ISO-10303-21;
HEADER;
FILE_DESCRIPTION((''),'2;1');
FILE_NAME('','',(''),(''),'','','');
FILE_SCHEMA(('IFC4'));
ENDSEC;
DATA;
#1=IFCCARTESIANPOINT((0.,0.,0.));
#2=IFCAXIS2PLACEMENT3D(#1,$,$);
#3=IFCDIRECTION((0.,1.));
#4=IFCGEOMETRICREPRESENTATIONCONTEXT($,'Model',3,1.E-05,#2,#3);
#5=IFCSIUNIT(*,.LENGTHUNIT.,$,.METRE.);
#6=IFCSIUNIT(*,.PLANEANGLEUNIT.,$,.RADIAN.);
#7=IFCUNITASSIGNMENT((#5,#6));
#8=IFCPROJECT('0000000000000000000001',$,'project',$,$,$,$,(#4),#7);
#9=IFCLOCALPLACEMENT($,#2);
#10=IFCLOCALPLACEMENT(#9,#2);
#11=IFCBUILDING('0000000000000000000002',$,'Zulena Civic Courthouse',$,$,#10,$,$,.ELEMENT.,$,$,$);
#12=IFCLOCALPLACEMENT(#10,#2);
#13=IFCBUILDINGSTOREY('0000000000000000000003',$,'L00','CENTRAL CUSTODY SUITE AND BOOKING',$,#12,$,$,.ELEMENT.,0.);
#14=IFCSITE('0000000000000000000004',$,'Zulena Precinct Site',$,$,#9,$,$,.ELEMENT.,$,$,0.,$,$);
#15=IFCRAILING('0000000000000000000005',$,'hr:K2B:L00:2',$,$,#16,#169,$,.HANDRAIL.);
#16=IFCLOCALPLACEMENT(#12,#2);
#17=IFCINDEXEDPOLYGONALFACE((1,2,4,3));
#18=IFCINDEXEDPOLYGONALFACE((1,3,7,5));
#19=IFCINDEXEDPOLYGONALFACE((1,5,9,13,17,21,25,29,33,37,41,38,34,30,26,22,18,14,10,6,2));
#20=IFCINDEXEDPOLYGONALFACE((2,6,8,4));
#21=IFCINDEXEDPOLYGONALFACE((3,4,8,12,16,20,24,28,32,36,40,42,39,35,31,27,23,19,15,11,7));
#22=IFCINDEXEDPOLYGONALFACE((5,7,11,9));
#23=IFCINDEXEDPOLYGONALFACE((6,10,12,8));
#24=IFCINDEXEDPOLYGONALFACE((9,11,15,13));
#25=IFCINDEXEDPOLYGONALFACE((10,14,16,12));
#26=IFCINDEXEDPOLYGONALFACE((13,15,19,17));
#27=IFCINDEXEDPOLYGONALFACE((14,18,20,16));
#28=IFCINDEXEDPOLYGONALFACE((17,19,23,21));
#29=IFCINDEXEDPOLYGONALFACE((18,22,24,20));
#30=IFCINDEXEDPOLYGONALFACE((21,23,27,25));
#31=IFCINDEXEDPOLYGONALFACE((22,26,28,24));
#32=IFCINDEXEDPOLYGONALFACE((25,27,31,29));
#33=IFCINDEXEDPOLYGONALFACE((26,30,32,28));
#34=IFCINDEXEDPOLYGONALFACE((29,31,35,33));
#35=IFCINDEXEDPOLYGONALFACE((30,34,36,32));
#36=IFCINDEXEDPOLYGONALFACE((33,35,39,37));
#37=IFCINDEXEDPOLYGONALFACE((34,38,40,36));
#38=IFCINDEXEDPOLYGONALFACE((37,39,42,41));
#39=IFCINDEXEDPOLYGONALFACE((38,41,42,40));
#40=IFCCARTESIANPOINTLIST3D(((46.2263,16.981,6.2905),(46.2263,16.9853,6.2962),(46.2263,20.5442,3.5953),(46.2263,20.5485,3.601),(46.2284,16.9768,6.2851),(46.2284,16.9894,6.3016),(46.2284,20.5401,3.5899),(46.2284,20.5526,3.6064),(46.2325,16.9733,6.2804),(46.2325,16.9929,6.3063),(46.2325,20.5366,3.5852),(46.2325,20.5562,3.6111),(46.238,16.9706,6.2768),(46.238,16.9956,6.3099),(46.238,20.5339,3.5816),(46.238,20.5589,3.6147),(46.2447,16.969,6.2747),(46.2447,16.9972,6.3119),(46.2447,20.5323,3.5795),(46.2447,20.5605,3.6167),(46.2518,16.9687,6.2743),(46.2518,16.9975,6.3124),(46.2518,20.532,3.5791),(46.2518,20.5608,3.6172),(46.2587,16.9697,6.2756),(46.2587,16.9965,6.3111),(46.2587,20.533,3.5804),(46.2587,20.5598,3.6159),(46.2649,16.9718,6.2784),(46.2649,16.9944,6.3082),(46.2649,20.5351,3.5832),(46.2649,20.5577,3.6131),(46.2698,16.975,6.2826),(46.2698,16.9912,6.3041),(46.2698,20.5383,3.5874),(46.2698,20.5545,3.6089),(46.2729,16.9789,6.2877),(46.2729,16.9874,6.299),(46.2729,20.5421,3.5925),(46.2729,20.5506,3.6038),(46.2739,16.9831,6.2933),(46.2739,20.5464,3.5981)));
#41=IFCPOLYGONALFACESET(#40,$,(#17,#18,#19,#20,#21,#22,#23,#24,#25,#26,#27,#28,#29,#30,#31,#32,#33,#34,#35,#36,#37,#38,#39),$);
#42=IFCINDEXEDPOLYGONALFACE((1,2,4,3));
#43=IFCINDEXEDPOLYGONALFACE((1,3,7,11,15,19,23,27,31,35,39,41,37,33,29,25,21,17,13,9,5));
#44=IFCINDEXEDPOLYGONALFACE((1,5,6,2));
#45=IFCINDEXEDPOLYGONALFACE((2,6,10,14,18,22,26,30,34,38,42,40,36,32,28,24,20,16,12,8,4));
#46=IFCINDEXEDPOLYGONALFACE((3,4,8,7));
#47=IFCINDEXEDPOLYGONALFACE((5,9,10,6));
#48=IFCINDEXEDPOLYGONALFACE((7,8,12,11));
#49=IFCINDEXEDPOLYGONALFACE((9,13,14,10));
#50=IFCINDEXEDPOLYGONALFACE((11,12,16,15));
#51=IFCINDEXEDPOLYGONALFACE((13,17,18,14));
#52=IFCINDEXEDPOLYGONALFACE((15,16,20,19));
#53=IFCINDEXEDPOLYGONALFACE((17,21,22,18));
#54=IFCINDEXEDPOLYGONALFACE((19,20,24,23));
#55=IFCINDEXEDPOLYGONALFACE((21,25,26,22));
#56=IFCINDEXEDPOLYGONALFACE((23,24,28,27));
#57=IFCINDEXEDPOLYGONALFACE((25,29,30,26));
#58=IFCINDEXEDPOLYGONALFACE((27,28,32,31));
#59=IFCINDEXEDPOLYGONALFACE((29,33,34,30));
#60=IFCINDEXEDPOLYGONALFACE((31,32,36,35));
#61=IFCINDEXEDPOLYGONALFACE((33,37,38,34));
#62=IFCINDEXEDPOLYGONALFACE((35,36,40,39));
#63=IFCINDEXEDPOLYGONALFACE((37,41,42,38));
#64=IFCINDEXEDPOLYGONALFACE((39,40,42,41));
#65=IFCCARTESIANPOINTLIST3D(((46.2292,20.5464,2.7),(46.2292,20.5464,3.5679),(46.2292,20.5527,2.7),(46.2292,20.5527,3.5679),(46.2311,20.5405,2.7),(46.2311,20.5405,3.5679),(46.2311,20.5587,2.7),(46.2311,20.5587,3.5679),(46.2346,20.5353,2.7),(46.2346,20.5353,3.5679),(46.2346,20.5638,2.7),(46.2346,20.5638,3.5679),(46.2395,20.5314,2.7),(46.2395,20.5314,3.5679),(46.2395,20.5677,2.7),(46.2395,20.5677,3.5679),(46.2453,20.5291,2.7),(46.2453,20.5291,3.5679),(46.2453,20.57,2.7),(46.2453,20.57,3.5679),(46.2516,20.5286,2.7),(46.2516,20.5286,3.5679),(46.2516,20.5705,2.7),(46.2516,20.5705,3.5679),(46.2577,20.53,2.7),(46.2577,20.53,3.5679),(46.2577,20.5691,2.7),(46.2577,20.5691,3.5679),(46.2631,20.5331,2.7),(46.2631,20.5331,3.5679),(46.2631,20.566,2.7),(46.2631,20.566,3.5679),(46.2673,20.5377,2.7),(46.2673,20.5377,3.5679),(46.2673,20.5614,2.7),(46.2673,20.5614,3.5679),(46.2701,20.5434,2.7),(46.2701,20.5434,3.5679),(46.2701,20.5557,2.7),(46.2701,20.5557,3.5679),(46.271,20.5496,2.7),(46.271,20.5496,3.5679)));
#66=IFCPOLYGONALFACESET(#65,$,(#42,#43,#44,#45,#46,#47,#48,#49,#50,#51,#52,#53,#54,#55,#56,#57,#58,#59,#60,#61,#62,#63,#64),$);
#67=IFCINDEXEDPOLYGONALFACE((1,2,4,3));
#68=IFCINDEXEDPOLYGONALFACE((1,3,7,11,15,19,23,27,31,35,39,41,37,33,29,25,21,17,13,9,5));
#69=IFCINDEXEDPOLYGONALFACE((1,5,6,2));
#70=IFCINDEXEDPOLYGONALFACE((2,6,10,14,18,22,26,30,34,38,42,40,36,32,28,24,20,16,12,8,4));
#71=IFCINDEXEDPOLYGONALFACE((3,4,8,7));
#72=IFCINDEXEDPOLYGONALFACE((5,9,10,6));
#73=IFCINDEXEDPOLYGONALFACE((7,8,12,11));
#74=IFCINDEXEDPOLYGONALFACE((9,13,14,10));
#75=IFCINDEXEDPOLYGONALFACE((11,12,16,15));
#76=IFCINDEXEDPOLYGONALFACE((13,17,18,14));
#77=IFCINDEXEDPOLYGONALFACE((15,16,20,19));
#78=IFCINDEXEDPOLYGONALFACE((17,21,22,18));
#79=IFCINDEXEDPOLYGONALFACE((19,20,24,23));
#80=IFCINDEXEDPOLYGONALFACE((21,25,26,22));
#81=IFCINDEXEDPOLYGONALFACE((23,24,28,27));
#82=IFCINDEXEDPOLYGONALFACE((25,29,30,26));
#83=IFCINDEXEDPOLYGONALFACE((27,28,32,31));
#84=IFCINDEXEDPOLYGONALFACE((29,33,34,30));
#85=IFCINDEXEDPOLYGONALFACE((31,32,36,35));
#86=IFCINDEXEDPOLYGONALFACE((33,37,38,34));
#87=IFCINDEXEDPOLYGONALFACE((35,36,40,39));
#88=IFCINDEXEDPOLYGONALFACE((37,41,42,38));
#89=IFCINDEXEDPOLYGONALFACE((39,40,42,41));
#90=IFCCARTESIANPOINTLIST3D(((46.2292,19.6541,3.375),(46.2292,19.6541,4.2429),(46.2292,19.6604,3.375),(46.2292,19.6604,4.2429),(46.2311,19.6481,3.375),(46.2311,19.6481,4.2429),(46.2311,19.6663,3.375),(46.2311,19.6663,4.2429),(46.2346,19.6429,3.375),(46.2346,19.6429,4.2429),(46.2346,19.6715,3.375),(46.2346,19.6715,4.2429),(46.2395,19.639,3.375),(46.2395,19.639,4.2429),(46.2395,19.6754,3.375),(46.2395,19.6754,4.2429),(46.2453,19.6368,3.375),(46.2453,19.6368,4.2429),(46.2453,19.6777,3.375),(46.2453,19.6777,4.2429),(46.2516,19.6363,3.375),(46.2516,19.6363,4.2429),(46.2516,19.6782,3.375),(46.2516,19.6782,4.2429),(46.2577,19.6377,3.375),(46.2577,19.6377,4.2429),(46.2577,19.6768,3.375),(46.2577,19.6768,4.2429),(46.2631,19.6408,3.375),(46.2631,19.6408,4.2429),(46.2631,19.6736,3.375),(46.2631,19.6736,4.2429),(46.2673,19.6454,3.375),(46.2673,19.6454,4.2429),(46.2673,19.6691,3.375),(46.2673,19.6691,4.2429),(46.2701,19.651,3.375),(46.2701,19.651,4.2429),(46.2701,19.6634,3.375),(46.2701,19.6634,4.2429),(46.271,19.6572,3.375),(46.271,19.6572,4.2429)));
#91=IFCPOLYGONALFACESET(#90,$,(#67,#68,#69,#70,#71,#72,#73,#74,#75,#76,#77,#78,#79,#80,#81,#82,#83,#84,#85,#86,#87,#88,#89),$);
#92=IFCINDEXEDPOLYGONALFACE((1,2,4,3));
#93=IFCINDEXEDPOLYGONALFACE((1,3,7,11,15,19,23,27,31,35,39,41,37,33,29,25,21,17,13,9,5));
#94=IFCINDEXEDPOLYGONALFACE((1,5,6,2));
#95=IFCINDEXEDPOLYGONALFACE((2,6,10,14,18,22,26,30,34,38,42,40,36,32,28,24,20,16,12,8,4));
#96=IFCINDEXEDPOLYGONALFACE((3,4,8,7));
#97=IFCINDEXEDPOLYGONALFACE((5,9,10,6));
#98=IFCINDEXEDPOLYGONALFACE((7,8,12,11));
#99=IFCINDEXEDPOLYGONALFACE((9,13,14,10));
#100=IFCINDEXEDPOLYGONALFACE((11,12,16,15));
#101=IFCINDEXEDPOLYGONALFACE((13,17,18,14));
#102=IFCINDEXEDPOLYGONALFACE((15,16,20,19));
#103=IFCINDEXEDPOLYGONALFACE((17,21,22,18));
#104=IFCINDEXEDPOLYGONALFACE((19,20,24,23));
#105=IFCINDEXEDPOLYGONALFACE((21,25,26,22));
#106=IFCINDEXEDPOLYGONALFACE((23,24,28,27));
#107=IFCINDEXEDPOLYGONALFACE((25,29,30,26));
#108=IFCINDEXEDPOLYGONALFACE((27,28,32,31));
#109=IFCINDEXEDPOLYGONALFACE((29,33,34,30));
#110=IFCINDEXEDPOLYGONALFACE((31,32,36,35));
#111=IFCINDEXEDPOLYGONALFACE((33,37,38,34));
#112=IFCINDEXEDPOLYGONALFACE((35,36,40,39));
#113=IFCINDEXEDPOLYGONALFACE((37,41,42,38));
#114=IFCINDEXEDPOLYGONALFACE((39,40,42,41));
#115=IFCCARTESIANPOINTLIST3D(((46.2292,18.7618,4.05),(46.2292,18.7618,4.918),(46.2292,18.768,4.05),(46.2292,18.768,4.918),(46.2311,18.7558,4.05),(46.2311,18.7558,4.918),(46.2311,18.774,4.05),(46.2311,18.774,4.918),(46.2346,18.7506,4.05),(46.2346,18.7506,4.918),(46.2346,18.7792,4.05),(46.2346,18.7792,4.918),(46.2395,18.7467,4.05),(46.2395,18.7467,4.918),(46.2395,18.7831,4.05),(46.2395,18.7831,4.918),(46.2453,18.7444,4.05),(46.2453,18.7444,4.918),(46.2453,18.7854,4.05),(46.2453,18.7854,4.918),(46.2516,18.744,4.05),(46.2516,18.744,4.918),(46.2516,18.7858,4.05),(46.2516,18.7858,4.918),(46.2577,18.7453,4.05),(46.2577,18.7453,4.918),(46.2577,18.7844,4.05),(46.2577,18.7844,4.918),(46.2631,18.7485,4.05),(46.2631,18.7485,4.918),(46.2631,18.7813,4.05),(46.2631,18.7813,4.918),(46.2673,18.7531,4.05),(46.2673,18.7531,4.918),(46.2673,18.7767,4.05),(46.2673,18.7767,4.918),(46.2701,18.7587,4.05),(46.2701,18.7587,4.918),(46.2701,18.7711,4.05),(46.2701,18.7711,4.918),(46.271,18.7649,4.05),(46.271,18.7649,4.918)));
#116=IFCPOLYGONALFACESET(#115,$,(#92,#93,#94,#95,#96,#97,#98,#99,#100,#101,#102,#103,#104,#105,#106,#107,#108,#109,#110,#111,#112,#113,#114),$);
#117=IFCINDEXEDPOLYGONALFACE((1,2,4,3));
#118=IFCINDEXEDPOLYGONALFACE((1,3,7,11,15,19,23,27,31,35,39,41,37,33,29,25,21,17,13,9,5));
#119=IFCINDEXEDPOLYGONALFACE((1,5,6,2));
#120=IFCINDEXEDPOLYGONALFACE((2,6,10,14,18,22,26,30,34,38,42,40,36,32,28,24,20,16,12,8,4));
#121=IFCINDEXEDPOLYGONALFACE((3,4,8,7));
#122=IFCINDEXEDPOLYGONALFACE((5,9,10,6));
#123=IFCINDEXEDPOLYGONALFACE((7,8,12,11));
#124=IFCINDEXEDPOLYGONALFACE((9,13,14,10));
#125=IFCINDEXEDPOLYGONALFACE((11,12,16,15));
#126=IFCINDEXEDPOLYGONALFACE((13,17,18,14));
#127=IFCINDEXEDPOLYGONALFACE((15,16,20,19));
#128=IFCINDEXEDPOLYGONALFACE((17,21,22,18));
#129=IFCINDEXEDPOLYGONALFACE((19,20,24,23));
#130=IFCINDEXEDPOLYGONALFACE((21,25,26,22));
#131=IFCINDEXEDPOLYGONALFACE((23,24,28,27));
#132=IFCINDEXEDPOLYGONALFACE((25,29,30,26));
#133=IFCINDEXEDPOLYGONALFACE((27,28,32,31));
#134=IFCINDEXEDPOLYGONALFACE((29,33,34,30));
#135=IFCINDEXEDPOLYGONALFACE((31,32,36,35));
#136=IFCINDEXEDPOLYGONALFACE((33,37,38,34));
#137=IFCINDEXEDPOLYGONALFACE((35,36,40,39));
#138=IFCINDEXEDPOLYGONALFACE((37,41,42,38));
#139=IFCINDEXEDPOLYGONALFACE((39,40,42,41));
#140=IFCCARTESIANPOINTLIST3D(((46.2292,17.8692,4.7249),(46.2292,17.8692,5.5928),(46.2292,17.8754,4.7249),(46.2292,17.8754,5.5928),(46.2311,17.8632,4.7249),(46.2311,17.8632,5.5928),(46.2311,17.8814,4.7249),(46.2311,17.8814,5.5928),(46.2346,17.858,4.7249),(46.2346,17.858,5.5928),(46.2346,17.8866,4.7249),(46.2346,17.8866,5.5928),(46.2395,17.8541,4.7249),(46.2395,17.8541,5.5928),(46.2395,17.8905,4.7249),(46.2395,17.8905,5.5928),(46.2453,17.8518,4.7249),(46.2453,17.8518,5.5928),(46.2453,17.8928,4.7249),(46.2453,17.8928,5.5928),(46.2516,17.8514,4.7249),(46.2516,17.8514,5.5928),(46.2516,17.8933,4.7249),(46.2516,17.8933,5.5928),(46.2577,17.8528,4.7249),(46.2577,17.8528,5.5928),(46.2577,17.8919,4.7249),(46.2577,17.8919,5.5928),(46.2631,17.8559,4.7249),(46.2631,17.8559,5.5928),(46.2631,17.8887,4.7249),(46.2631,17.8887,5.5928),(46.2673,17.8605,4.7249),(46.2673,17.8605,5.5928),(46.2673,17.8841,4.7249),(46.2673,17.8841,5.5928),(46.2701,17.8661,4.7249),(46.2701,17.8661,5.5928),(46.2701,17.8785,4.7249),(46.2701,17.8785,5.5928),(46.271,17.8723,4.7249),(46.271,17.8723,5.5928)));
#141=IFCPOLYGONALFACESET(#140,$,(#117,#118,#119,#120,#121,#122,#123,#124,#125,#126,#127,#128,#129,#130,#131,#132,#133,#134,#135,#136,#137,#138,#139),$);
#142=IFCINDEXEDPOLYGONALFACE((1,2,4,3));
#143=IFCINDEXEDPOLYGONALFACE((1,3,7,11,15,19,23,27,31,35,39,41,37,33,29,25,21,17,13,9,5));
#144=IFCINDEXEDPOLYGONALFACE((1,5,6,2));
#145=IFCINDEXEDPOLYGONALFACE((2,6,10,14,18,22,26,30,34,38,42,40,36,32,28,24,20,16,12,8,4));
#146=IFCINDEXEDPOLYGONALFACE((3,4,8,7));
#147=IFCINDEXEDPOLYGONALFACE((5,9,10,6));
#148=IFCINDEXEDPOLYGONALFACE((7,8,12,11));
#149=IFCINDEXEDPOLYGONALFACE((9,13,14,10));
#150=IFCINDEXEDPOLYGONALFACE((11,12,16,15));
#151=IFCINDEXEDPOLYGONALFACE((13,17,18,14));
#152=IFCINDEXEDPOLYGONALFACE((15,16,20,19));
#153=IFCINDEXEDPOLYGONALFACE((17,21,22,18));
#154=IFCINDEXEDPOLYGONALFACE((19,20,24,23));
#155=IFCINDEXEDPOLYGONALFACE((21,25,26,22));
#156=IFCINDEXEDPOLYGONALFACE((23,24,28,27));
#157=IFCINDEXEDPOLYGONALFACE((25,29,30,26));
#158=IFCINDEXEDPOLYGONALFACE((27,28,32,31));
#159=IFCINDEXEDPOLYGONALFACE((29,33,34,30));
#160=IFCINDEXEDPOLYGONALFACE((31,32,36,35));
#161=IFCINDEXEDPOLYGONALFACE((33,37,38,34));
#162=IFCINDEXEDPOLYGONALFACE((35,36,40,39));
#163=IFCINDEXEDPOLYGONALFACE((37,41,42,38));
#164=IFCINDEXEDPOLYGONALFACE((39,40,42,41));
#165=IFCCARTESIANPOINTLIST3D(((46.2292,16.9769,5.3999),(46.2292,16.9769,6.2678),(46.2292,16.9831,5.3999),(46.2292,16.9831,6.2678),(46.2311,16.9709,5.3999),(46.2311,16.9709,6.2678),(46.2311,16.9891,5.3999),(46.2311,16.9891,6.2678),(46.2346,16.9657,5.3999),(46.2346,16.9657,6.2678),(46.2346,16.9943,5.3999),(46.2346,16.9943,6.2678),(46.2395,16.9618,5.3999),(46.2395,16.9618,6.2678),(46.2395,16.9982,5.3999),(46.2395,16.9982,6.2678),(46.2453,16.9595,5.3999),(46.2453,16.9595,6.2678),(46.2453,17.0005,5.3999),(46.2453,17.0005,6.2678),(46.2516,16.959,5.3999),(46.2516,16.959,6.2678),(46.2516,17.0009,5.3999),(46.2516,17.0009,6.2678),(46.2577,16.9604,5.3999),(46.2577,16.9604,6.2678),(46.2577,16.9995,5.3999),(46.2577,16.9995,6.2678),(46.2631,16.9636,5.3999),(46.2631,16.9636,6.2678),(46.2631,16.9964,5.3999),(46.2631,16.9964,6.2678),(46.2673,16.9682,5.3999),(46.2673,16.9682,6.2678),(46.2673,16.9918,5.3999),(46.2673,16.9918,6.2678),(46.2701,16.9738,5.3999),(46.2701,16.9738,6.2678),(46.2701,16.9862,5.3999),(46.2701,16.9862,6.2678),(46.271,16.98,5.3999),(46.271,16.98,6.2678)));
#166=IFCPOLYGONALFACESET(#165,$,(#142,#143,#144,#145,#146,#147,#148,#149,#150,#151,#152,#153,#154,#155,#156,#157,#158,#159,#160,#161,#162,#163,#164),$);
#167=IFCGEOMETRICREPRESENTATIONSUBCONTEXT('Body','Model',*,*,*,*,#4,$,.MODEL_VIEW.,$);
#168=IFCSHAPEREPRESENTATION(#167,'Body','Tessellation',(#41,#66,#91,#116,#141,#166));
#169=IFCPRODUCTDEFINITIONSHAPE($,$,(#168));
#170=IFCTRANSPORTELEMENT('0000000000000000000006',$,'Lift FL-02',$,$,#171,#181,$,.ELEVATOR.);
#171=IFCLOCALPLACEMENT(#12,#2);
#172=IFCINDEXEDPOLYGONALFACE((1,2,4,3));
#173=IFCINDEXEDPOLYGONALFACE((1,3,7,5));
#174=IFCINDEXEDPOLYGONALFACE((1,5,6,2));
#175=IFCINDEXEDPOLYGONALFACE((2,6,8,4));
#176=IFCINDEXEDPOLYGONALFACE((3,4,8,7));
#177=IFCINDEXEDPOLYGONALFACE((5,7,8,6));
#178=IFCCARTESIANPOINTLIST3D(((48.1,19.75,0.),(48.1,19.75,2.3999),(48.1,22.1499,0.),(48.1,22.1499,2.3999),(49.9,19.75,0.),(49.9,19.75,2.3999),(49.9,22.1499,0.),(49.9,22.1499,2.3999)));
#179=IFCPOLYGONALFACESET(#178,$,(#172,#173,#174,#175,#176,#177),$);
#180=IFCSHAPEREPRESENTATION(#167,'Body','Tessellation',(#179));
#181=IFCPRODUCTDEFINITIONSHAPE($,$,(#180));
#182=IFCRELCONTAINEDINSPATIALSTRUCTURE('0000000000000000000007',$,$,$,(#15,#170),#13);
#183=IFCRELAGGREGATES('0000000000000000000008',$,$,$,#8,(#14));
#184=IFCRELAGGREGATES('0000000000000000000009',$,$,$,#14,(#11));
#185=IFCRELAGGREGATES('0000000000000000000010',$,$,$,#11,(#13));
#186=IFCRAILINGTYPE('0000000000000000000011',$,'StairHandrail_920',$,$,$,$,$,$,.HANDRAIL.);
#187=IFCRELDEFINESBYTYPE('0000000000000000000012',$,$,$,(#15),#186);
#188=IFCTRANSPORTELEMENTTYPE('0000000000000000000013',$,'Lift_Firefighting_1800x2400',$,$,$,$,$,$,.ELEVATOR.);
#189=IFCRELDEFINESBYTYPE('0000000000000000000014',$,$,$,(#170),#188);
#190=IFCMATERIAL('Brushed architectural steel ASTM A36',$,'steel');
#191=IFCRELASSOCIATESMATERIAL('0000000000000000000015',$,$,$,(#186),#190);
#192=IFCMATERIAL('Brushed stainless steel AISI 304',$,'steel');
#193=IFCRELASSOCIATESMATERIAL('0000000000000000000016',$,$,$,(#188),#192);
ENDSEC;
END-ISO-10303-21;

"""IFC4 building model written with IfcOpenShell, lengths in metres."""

from ifc_helpers import new_model, si_unit, direction, frame, origin, origin_2d, place, context, subcontext, project, spatial, rectangle, circle, extrude, material, type_object, element, save


model = new_model("IFC4")

# Units and contexts
model_context = context("Model", 3, precision=1e-05, world=origin(), true_north=direction((0.0, 1.0)))
body_context = subcontext(model_context, "Body", "Model", "MODEL_VIEW")
ifc_project = project(units=[si_unit("LENGTHUNIT", "METRE"), si_unit("PLANEANGLEUNIT", "RADIAN")], contexts=[model_context])

# Site, building, storey
site_placement = place(None, origin())
site = spatial("IfcSite", under=ifc_project, at=site_placement, Name="Zulena Precinct Site", CompositionType="ELEMENT", RefElevation=0.0)
building_placement = place(site_placement, origin())
building = spatial("IfcBuilding", under=site, at=building_placement, Name="Zulena Civic Courthouse", CompositionType="ELEMENT")
storey_placement = place(building_placement, origin())
storey = spatial("IfcBuildingStorey", under=building, at=storey_placement, Name="L00", Description="CENTRAL CUSTODY SUITE AND BOOKING", CompositionType="ELEMENT", Elevation=0.0)

# Railing
ifc_material_1 = material(Name="Brushed architectural steel ASTM A36", Category="steel")
railing_type_1 = type_object("IfcRailingType", Name="StairHandrail_920", PredefinedType="HANDRAIL", material=ifc_material_1)
railing_1_placement = place(storey_placement, frame((46.25, 20.5496, 2.7)))
element("IfcRailing", 1, at=railing_1_placement, inside=storey, type_object=railing_type_1, Name="hr:K2B:L00:2", PredefinedType="HANDRAIL", context=body_context, shape_type="SweptSolid", body=[
    extrude(circle(Radius=0.0239, at=origin_2d()), frame((0.0, -0.0032, 0.8982), z_axis=(0.0, -0.797552, 0.60325), x_axis=(1.0, 0.0, 0.0)), (0.0, 0.0, 1.0), 4.4678),
    extrude(circle(Radius=0.021, at=origin_2d()), origin(), (0.0, 0.0, 1.0), 0.8679),
    extrude(circle(Radius=0.021, at=origin_2d()), frame((0.0, -0.8923, 0.675)), (0.0, 0.0, 1.0), 0.8679),
    extrude(circle(Radius=0.021, at=origin_2d()), frame((0.0, -1.7847, 1.3501)), (0.0, 0.0, 1.0), 0.8679),
    extrude(circle(Radius=0.021, at=origin_2d()), frame((0.0, -2.6772, 2.0249)), (0.0, 0.0, 1.0), 0.8679),
    extrude(circle(Radius=0.021, at=origin_2d()), frame((0.0, -3.5696, 2.7)), (0.0, 0.0, 1.0), 0.8679),
])

# Transport element
ifc_material_2 = material(Name="Brushed stainless steel AISI 304", Category="steel")
transport_element_type = type_object("IfcTransportElementType", Name="Lift_Firefighting_1800x2400", PredefinedType="ELEVATOR", material=ifc_material_2)
transport_element_placement = place(storey_placement, frame((49.0, 20.95, 0.0), z_axis=(0.0, 0.0, 1.0), x_axis=(1.0, 0.0, 0.0)))
element("IfcTransportElement", 2, at=transport_element_placement, inside=storey, type_object=transport_element_type, Name="Lift FL-02", PredefinedType="ELEVATOR", context=body_context, shape_type="SweptSolid", body=[
    extrude(rectangle(XDim=1.8, YDim=2.3999, at=origin_2d()), origin(), (0.0, 0.0, 1.0), 2.3999),
])

save(model, "model.ifc")
